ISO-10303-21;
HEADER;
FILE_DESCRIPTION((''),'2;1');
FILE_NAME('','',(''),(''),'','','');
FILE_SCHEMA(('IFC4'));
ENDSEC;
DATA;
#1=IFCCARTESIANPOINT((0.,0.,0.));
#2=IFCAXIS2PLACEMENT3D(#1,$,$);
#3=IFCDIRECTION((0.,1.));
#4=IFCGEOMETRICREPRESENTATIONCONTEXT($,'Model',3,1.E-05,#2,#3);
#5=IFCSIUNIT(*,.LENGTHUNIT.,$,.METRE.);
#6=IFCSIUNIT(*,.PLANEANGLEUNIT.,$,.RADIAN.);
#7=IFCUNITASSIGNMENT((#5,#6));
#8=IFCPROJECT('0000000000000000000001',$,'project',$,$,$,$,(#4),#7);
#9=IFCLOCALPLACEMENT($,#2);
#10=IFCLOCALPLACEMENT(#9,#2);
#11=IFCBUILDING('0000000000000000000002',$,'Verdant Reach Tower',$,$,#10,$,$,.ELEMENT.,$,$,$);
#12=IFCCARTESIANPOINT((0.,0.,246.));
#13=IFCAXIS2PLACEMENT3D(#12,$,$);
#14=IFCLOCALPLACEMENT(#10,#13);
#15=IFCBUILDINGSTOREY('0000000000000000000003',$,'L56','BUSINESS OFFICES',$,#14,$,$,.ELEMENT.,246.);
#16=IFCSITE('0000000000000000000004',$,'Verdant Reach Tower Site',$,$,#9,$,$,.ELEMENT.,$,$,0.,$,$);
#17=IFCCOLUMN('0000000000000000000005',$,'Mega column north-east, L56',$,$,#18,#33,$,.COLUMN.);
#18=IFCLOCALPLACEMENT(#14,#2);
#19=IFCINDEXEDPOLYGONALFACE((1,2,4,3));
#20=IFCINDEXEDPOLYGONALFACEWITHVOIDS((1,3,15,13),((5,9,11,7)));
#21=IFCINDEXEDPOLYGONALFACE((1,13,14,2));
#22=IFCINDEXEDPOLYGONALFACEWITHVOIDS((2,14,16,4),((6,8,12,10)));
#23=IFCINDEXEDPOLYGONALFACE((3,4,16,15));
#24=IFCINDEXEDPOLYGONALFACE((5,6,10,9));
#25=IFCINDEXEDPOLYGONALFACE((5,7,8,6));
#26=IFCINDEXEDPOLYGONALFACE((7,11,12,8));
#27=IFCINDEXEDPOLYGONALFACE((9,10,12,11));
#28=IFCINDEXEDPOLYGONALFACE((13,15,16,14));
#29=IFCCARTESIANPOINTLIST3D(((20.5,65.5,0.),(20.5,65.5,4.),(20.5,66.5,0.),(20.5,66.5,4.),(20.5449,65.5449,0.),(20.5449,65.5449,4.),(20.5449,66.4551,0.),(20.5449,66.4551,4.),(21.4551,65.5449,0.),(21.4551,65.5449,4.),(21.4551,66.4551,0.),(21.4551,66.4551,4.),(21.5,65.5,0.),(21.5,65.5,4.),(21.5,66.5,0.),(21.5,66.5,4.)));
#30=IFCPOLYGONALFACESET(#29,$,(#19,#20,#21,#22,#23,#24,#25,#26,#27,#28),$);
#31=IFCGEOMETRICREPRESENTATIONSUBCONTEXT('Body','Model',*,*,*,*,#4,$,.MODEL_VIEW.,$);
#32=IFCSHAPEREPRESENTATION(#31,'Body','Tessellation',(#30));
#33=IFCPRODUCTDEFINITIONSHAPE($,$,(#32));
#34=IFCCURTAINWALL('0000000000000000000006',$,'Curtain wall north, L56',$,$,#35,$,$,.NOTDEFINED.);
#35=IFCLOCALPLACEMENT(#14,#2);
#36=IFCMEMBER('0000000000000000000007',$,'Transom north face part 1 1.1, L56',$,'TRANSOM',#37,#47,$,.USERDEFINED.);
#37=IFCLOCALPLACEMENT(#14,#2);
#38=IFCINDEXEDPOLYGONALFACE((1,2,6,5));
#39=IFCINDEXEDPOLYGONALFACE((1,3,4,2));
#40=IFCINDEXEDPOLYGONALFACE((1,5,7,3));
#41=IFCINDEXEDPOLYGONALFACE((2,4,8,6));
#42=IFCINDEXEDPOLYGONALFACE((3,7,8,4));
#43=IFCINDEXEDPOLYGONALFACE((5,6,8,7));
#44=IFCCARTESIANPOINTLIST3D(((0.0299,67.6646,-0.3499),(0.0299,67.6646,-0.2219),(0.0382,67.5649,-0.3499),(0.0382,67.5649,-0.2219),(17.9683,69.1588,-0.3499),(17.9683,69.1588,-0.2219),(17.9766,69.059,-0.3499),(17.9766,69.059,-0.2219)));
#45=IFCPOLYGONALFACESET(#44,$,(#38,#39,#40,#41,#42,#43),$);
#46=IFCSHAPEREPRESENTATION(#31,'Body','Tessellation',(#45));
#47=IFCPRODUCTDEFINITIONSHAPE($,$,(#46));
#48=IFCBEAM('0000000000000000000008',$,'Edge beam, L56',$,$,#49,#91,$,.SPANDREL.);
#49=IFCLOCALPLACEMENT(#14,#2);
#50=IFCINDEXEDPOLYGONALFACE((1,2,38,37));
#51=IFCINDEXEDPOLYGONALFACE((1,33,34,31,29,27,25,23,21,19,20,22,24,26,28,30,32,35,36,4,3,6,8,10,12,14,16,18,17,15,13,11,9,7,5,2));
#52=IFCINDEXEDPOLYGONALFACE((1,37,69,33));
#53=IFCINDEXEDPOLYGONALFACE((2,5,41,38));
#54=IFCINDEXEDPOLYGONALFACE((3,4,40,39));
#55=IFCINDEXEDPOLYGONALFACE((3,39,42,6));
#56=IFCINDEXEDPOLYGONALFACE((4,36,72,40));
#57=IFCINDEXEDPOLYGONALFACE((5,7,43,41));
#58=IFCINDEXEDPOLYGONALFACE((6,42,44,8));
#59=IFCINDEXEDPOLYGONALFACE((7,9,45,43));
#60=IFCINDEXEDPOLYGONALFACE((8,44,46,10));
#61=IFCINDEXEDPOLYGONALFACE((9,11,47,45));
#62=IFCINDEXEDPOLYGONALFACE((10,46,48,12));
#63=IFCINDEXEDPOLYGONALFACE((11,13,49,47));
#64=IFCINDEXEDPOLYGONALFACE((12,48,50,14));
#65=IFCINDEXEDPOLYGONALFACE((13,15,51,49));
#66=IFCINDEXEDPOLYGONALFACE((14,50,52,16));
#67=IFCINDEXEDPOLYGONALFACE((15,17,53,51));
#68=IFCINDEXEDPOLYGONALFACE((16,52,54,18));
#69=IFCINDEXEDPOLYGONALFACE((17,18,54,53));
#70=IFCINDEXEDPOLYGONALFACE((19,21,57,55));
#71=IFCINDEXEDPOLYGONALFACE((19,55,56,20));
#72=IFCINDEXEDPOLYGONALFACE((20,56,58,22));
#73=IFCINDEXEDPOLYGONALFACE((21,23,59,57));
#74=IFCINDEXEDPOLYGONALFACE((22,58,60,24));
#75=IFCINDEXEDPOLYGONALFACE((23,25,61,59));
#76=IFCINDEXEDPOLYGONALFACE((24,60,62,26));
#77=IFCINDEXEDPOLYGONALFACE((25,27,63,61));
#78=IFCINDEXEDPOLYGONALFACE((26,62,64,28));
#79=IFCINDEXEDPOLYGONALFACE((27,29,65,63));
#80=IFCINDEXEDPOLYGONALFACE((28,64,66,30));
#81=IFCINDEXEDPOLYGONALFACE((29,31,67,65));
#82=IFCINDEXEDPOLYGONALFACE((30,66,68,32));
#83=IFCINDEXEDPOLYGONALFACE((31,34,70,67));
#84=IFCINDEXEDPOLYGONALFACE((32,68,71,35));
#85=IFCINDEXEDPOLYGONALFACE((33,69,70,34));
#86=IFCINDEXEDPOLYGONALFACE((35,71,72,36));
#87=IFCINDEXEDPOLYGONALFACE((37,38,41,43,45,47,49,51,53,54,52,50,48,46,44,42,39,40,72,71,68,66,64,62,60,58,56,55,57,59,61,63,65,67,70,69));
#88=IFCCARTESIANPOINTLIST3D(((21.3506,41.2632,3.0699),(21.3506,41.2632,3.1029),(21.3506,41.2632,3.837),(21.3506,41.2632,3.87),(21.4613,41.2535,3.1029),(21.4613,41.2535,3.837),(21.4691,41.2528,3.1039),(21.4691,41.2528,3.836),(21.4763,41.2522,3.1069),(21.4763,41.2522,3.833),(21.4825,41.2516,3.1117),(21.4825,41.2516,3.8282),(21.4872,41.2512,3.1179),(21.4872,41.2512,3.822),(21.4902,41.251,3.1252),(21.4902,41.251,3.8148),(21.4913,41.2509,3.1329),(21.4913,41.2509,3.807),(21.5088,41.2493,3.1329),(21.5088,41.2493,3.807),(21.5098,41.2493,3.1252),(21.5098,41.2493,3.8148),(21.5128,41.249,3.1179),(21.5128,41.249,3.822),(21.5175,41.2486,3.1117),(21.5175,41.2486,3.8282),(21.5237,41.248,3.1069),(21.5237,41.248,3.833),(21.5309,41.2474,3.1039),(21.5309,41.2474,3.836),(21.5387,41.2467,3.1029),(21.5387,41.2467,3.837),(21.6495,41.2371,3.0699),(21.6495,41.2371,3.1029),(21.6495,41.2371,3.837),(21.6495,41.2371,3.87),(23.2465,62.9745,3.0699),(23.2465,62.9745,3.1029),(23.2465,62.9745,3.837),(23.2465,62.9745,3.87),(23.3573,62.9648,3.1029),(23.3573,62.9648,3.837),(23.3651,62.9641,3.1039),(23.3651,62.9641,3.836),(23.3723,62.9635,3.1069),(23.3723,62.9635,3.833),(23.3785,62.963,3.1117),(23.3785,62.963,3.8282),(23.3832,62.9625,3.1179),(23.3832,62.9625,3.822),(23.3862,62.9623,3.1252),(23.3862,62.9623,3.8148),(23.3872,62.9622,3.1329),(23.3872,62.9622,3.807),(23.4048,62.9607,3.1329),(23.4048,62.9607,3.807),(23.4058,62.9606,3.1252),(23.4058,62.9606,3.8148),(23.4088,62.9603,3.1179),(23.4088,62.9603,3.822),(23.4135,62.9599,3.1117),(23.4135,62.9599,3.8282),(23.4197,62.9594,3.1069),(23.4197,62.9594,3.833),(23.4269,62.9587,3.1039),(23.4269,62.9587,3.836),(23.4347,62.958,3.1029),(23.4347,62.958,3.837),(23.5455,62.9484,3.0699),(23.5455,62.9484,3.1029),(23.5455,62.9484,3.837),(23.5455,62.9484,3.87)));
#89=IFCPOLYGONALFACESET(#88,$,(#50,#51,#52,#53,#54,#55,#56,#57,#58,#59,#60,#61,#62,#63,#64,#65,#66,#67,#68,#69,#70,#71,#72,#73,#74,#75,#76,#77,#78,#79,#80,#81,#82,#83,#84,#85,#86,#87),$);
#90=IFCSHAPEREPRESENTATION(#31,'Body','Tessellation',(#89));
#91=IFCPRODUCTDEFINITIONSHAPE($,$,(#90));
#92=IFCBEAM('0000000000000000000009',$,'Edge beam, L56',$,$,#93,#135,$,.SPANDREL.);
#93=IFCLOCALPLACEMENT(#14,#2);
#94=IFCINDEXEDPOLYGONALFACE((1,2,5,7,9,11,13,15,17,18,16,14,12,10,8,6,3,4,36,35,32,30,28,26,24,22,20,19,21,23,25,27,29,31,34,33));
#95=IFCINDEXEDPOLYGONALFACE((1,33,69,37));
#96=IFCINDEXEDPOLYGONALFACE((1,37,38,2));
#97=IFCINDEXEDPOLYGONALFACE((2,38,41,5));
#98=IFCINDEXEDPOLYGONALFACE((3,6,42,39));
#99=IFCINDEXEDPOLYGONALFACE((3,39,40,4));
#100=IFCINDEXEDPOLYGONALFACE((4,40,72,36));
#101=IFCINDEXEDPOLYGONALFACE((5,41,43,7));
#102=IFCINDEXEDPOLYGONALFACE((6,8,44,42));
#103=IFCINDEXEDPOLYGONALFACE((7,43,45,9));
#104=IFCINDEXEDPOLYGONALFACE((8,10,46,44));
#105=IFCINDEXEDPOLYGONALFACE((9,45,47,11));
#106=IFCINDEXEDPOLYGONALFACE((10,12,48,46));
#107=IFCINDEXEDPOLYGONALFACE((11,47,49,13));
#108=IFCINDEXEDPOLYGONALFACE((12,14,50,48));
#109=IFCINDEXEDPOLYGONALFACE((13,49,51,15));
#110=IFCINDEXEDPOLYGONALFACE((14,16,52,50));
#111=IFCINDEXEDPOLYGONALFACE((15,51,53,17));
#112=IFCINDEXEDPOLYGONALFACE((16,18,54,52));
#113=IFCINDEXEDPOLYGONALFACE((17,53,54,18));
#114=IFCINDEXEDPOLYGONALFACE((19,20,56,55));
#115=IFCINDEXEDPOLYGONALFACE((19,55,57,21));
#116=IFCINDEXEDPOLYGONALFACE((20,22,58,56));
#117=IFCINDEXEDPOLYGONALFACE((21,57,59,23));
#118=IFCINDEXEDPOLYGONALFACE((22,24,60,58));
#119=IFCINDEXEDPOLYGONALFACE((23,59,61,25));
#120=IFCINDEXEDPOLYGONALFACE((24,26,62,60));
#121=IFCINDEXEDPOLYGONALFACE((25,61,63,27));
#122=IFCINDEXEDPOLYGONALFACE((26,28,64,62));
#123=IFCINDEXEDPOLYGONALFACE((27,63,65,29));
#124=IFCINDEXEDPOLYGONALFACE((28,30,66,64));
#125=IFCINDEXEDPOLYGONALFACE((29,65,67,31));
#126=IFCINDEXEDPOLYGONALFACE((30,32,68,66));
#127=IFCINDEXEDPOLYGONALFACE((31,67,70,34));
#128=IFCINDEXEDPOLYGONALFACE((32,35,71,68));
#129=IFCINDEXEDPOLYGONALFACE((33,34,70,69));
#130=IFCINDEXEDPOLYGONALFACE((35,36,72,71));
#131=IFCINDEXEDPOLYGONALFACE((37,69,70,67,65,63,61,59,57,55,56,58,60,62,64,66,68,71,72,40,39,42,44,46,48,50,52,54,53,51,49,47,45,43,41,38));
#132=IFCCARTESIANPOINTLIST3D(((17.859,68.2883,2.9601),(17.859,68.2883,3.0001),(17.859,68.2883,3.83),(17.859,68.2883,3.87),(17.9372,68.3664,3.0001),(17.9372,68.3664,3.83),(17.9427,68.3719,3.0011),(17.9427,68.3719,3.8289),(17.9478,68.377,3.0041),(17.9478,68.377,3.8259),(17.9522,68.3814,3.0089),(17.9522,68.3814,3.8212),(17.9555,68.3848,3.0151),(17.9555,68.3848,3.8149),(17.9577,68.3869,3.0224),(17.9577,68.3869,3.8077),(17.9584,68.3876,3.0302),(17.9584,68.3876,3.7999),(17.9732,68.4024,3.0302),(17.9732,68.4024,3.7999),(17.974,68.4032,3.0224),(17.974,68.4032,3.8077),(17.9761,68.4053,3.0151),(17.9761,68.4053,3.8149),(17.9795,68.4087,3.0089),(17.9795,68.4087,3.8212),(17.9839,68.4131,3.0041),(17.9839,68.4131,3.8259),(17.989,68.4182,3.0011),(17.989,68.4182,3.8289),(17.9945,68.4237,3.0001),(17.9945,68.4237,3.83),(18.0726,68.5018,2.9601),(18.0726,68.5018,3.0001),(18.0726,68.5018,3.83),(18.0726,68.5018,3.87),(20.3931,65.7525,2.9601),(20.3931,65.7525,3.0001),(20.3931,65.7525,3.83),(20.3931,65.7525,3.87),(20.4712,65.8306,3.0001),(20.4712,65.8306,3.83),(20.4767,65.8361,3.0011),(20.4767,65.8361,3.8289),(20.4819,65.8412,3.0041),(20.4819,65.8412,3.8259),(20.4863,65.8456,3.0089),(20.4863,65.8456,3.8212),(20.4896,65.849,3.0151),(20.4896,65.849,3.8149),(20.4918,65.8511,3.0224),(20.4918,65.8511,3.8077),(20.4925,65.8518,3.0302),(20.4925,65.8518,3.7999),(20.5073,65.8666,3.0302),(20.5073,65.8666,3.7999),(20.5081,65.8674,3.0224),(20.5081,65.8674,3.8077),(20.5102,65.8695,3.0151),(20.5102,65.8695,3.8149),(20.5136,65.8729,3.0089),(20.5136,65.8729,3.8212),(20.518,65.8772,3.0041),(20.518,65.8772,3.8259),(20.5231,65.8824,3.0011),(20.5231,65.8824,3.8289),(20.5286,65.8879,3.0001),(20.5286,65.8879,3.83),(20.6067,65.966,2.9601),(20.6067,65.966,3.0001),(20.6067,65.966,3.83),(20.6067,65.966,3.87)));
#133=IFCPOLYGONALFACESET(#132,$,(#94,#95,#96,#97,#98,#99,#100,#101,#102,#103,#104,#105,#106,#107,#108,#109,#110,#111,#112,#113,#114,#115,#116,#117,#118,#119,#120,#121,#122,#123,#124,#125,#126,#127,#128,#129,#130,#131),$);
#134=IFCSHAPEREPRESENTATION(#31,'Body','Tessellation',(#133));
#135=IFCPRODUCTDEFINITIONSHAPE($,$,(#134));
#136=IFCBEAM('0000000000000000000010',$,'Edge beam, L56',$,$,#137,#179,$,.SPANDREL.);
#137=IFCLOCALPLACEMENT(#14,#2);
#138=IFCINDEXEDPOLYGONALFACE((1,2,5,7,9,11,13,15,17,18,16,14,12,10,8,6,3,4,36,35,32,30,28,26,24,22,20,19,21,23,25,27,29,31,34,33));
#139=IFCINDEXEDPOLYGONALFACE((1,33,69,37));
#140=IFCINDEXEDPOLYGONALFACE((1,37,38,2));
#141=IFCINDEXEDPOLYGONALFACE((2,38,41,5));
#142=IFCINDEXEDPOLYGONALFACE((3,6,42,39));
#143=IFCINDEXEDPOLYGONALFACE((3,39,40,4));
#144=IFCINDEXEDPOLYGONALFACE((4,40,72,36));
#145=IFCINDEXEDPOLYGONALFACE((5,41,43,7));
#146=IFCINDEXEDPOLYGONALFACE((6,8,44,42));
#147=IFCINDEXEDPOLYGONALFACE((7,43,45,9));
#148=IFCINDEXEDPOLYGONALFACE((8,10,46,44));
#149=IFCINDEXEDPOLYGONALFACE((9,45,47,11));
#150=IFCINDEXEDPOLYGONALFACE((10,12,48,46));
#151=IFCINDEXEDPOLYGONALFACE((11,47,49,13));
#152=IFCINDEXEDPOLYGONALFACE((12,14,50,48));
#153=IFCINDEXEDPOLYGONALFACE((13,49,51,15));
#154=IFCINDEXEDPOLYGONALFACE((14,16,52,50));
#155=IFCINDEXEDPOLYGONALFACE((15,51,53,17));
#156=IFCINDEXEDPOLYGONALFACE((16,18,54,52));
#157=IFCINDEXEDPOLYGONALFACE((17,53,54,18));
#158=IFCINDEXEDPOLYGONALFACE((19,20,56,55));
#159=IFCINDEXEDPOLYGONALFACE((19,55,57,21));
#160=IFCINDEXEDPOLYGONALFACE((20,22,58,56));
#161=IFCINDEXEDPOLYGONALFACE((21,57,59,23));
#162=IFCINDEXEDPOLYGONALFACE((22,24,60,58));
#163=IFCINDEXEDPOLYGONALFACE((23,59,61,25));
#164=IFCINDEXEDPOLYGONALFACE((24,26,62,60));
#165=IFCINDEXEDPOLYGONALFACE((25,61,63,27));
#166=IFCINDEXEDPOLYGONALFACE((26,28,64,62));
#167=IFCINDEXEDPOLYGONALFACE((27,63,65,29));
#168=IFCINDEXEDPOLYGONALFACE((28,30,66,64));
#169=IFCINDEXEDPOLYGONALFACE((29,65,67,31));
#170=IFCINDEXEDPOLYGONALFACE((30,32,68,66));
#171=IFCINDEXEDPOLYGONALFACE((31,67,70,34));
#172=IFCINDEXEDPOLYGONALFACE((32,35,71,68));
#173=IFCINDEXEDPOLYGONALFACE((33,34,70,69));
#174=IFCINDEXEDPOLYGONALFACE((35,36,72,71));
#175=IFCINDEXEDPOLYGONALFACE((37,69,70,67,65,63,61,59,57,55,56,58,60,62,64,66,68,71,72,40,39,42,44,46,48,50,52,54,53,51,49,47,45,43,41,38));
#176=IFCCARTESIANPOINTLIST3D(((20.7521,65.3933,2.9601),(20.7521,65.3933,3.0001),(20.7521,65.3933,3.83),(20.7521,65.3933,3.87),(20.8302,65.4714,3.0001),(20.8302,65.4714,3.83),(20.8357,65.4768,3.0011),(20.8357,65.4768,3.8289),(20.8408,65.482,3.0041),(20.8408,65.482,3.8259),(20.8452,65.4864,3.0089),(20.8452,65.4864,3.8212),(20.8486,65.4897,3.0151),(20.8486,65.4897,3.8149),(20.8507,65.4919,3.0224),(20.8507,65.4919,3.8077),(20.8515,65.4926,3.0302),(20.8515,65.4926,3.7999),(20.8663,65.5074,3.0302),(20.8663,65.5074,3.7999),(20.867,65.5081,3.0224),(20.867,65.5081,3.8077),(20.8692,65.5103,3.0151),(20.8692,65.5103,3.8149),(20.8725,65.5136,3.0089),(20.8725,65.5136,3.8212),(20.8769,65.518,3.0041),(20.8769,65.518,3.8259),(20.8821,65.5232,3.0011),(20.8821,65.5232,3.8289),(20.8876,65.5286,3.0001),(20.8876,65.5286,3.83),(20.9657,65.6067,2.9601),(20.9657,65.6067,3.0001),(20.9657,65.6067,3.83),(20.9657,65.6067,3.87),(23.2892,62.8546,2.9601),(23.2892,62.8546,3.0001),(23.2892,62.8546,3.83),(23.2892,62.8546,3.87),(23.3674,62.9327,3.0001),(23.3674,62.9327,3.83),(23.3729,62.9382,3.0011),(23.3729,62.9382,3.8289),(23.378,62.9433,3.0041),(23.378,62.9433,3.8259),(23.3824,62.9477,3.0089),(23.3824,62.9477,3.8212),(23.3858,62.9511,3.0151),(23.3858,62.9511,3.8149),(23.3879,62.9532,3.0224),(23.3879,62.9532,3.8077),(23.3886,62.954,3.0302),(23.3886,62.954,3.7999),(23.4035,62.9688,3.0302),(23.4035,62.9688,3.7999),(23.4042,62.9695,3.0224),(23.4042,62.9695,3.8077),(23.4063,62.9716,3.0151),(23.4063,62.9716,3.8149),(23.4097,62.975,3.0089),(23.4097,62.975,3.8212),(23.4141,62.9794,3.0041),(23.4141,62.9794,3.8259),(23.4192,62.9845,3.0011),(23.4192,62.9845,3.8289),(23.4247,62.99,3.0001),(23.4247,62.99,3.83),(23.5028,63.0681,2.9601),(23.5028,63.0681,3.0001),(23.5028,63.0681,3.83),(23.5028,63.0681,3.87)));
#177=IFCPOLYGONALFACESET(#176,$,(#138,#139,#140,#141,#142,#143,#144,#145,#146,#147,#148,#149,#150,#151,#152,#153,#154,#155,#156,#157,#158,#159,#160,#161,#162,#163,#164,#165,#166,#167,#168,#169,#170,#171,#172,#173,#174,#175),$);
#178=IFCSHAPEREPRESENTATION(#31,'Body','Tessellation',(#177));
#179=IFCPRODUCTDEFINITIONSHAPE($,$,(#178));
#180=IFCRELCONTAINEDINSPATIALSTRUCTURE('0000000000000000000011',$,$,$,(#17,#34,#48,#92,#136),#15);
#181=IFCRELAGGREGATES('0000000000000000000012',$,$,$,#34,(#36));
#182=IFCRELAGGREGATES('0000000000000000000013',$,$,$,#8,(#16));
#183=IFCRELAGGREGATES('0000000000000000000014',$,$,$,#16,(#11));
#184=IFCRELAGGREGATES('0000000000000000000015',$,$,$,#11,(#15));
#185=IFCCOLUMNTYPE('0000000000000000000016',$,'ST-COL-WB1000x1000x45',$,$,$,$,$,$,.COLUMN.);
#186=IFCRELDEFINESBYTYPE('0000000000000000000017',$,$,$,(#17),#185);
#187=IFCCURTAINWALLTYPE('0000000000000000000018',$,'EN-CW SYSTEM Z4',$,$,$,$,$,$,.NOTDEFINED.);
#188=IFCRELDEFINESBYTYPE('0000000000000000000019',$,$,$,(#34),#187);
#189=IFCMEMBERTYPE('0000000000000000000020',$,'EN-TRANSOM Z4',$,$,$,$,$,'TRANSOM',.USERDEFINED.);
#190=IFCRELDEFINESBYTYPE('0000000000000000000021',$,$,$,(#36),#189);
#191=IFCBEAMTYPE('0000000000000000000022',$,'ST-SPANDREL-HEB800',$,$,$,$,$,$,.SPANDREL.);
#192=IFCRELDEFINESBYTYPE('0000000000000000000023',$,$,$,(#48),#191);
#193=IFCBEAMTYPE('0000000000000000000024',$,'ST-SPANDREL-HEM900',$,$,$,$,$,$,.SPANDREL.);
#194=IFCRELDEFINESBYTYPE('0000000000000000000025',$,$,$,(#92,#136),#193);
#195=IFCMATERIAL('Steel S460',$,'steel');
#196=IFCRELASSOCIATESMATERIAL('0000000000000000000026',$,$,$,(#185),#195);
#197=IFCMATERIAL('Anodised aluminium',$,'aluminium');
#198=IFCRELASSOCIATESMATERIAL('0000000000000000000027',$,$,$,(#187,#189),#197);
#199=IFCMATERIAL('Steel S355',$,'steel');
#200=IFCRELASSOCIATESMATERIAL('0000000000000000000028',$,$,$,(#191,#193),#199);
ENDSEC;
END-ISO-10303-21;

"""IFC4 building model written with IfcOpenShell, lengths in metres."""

from ifc_helpers import new_model, si_unit, direction, frame, origin, origin_2d, place, context, subcontext, project, spatial, rectangle, hollow_rectangle, i_section, extrude, material, material_profile, profile_set, type_object, element, aggregate, save


model = new_model("IFC4")

# Units and contexts
model_context = context("Model", 3, precision=1e-05, world=origin(), true_north=direction((0.0, 1.0)))
body_context = subcontext(model_context, "Body", "Model", "MODEL_VIEW")
ifc_project = project(units=[si_unit("LENGTHUNIT", "METRE"), si_unit("PLANEANGLEUNIT", "RADIAN")], contexts=[model_context])

# Site, building, storey
site_placement = place(None, origin())
site = spatial("IfcSite", under=ifc_project, at=site_placement, Name="Verdant Reach Tower Site", CompositionType="ELEMENT", RefElevation=0.0)
building_placement = place(site_placement, origin())
building = spatial("IfcBuilding", under=site, at=building_placement, Name="Verdant Reach Tower", CompositionType="ELEMENT")
storey_placement = place(building_placement, frame((0.0, 0.0, 246.0)))
storey = spatial("IfcBuildingStorey", under=building, at=storey_placement, Name="L56", Description="BUSINESS OFFICES", CompositionType="ELEMENT", Elevation=246.0)

# Column
ifc_material_1 = material(Name="Steel S460", Category="steel")
ifc_material_profile_1 = material_profile(ifc_material_1, hollow_rectangle(XDim=1.0, YDim=1.0, WallThickness=0.0449, at=origin_2d()), Name="WB 1000x1000x45")
ifc_profile_set_1 = profile_set([ifc_material_profile_1], Name="Steel S460")
column_type = type_object("IfcColumnType", Name="ST-COL-WB1000x1000x45", PredefinedType="COLUMN", material=ifc_profile_set_1)
column_placement = place(storey_placement, frame((21.0, 66.0, 0.0), z_axis=(0.0, 0.0, 1.0), x_axis=(1.0, 0.0, 0.0)))
element("IfcColumn", 1, at=column_placement, inside=storey, type_object=column_type, Name="Mega column north-east, L56", PredefinedType="COLUMN", context=body_context, shape_type="SweptSolid", body=[
    extrude(hollow_rectangle(XDim=1.0, YDim=1.0, WallThickness=0.0449, at=origin_2d()), origin(), (0.0, 0.0, 1.0), 4.0),
])

# Curtain wall, member
ifc_material_2 = material(Name="Anodised aluminium", Category="aluminium")
curtain_wall_type = type_object("IfcCurtainWallType", Name="EN-CW SYSTEM Z4", PredefinedType="NOTDEFINED", material=ifc_material_2)
curtain_wall_1_placement = place(storey_placement, origin())
curtain_wall_1 = element("IfcCurtainWall", 2, at=curtain_wall_1_placement, inside=storey, type_object=curtain_wall_type, Name="Curtain wall north, L56", PredefinedType="NOTDEFINED")
ifc_material_profile_2 = material_profile(ifc_material_2, rectangle(XDim=0.1001, YDim=0.1279, at=origin_2d()), Name="Transom 128x100")
ifc_profile_set_2 = profile_set([ifc_material_profile_2], Name="Anodised aluminium")
member_type = type_object("IfcMemberType", Name="EN-TRANSOM Z4", ElementType="TRANSOM", PredefinedType="USERDEFINED", material=ifc_profile_set_2)
member_placement = place(storey_placement, frame((17.9724, 69.1089, -0.2859), z_axis=(-0.996549, -0.083005, 0.0), x_axis=(0.083005, -0.996549, 0.0)))
member = element("IfcMember", 3, at=member_placement, type_object=member_type, Name="Transom north face part 1 1.1, L56", ObjectType="TRANSOM", PredefinedType="USERDEFINED", context=body_context, shape_type="SweptSolid", body=[
    extrude(rectangle(XDim=0.1001, YDim=0.1279, at=origin_2d()), origin(), (0.0, 0.0, 1.0), 18.0005),
])

# Beams
ifc_material_3 = material(Name="Steel S355", Category="steel")
ifc_material_profile_3 = material_profile(ifc_material_3, i_section(OverallWidth=0.3, OverallDepth=0.8, WebThickness=0.0176, FlangeThickness=0.033, FilletRadius=0.03, at=origin_2d()), Name="HEB 800")
ifc_profile_set_3 = profile_set([ifc_material_profile_3], Name="Steel S355")
beam_type_1 = type_object("IfcBeamType", Name="ST-SPANDREL-HEB800", PredefinedType="SPANDREL", material=ifc_profile_set_3)
beam_1_placement = place(storey_placement, frame((23.396, 62.9614, 3.47), z_axis=(-0.086996, -0.996209, 0.0), x_axis=(0.996209, -0.086996, 0.0)))
element("IfcBeam", 4, at=beam_1_placement, inside=storey, type_object=beam_type_1, Name="Edge beam, L56", PredefinedType="SPANDREL", context=body_context, shape_type="SweptSolid", body=[
    extrude(i_section(OverallWidth=0.3, OverallDepth=0.8, WebThickness=0.0176, FlangeThickness=0.033, FilletRadius=0.03, at=origin_2d()), origin(), (0.0, 0.0, 1.0), 21.7939),
])
ifc_material_profile_4 = material_profile(ifc_material_3, i_section(OverallWidth=0.302, OverallDepth=0.9099, WebThickness=0.021, FlangeThickness=0.04, FilletRadius=0.03, at=origin_2d()), Name="HEM 900")
ifc_profile_set_4 = profile_set([ifc_material_profile_4], Name="Steel S355")
beam_type_2 = type_object("IfcBeamType", Name="ST-SPANDREL-HEM900", PredefinedType="SPANDREL", material=ifc_profile_set_4)
beam_2_placement = place(storey_placement, frame((17.9658, 68.395, 3.415), z_axis=(0.706868, -0.707345, 0.0), x_axis=(0.707345, 0.706868, 0.0)))
element("IfcBeam", 5, at=beam_2_placement, inside=storey, type_object=beam_type_2, Name="Edge beam, L56", PredefinedType="SPANDREL", context=body_context, shape_type="SweptSolid", body=[
    extrude(i_section(OverallWidth=0.302, OverallDepth=0.9099, WebThickness=0.021, FlangeThickness=0.04, FilletRadius=0.03, at=origin_2d()), origin(), (0.0, 0.0, 1.0), 3.585),
])
beam_3_placement = place(storey_placement, frame((20.8589, 65.5, 3.415), z_axis=(0.706903, -0.707311, 0.0), x_axis=(0.707311, 0.706903, 0.0)))
element("IfcBeam", 6, at=beam_3_placement, inside=storey, type_object=beam_type_2, Name="Edge beam, L56", PredefinedType="SPANDREL", context=body_context, shape_type="SweptSolid", body=[
    extrude(i_section(OverallWidth=0.302, OverallDepth=0.9099, WebThickness=0.021, FlangeThickness=0.04, FilletRadius=0.03, at=origin_2d()), origin(), (0.0, 0.0, 1.0), 3.5891),
])

aggregate(curtain_wall_1, [member])

save(model, "model.ifc")
